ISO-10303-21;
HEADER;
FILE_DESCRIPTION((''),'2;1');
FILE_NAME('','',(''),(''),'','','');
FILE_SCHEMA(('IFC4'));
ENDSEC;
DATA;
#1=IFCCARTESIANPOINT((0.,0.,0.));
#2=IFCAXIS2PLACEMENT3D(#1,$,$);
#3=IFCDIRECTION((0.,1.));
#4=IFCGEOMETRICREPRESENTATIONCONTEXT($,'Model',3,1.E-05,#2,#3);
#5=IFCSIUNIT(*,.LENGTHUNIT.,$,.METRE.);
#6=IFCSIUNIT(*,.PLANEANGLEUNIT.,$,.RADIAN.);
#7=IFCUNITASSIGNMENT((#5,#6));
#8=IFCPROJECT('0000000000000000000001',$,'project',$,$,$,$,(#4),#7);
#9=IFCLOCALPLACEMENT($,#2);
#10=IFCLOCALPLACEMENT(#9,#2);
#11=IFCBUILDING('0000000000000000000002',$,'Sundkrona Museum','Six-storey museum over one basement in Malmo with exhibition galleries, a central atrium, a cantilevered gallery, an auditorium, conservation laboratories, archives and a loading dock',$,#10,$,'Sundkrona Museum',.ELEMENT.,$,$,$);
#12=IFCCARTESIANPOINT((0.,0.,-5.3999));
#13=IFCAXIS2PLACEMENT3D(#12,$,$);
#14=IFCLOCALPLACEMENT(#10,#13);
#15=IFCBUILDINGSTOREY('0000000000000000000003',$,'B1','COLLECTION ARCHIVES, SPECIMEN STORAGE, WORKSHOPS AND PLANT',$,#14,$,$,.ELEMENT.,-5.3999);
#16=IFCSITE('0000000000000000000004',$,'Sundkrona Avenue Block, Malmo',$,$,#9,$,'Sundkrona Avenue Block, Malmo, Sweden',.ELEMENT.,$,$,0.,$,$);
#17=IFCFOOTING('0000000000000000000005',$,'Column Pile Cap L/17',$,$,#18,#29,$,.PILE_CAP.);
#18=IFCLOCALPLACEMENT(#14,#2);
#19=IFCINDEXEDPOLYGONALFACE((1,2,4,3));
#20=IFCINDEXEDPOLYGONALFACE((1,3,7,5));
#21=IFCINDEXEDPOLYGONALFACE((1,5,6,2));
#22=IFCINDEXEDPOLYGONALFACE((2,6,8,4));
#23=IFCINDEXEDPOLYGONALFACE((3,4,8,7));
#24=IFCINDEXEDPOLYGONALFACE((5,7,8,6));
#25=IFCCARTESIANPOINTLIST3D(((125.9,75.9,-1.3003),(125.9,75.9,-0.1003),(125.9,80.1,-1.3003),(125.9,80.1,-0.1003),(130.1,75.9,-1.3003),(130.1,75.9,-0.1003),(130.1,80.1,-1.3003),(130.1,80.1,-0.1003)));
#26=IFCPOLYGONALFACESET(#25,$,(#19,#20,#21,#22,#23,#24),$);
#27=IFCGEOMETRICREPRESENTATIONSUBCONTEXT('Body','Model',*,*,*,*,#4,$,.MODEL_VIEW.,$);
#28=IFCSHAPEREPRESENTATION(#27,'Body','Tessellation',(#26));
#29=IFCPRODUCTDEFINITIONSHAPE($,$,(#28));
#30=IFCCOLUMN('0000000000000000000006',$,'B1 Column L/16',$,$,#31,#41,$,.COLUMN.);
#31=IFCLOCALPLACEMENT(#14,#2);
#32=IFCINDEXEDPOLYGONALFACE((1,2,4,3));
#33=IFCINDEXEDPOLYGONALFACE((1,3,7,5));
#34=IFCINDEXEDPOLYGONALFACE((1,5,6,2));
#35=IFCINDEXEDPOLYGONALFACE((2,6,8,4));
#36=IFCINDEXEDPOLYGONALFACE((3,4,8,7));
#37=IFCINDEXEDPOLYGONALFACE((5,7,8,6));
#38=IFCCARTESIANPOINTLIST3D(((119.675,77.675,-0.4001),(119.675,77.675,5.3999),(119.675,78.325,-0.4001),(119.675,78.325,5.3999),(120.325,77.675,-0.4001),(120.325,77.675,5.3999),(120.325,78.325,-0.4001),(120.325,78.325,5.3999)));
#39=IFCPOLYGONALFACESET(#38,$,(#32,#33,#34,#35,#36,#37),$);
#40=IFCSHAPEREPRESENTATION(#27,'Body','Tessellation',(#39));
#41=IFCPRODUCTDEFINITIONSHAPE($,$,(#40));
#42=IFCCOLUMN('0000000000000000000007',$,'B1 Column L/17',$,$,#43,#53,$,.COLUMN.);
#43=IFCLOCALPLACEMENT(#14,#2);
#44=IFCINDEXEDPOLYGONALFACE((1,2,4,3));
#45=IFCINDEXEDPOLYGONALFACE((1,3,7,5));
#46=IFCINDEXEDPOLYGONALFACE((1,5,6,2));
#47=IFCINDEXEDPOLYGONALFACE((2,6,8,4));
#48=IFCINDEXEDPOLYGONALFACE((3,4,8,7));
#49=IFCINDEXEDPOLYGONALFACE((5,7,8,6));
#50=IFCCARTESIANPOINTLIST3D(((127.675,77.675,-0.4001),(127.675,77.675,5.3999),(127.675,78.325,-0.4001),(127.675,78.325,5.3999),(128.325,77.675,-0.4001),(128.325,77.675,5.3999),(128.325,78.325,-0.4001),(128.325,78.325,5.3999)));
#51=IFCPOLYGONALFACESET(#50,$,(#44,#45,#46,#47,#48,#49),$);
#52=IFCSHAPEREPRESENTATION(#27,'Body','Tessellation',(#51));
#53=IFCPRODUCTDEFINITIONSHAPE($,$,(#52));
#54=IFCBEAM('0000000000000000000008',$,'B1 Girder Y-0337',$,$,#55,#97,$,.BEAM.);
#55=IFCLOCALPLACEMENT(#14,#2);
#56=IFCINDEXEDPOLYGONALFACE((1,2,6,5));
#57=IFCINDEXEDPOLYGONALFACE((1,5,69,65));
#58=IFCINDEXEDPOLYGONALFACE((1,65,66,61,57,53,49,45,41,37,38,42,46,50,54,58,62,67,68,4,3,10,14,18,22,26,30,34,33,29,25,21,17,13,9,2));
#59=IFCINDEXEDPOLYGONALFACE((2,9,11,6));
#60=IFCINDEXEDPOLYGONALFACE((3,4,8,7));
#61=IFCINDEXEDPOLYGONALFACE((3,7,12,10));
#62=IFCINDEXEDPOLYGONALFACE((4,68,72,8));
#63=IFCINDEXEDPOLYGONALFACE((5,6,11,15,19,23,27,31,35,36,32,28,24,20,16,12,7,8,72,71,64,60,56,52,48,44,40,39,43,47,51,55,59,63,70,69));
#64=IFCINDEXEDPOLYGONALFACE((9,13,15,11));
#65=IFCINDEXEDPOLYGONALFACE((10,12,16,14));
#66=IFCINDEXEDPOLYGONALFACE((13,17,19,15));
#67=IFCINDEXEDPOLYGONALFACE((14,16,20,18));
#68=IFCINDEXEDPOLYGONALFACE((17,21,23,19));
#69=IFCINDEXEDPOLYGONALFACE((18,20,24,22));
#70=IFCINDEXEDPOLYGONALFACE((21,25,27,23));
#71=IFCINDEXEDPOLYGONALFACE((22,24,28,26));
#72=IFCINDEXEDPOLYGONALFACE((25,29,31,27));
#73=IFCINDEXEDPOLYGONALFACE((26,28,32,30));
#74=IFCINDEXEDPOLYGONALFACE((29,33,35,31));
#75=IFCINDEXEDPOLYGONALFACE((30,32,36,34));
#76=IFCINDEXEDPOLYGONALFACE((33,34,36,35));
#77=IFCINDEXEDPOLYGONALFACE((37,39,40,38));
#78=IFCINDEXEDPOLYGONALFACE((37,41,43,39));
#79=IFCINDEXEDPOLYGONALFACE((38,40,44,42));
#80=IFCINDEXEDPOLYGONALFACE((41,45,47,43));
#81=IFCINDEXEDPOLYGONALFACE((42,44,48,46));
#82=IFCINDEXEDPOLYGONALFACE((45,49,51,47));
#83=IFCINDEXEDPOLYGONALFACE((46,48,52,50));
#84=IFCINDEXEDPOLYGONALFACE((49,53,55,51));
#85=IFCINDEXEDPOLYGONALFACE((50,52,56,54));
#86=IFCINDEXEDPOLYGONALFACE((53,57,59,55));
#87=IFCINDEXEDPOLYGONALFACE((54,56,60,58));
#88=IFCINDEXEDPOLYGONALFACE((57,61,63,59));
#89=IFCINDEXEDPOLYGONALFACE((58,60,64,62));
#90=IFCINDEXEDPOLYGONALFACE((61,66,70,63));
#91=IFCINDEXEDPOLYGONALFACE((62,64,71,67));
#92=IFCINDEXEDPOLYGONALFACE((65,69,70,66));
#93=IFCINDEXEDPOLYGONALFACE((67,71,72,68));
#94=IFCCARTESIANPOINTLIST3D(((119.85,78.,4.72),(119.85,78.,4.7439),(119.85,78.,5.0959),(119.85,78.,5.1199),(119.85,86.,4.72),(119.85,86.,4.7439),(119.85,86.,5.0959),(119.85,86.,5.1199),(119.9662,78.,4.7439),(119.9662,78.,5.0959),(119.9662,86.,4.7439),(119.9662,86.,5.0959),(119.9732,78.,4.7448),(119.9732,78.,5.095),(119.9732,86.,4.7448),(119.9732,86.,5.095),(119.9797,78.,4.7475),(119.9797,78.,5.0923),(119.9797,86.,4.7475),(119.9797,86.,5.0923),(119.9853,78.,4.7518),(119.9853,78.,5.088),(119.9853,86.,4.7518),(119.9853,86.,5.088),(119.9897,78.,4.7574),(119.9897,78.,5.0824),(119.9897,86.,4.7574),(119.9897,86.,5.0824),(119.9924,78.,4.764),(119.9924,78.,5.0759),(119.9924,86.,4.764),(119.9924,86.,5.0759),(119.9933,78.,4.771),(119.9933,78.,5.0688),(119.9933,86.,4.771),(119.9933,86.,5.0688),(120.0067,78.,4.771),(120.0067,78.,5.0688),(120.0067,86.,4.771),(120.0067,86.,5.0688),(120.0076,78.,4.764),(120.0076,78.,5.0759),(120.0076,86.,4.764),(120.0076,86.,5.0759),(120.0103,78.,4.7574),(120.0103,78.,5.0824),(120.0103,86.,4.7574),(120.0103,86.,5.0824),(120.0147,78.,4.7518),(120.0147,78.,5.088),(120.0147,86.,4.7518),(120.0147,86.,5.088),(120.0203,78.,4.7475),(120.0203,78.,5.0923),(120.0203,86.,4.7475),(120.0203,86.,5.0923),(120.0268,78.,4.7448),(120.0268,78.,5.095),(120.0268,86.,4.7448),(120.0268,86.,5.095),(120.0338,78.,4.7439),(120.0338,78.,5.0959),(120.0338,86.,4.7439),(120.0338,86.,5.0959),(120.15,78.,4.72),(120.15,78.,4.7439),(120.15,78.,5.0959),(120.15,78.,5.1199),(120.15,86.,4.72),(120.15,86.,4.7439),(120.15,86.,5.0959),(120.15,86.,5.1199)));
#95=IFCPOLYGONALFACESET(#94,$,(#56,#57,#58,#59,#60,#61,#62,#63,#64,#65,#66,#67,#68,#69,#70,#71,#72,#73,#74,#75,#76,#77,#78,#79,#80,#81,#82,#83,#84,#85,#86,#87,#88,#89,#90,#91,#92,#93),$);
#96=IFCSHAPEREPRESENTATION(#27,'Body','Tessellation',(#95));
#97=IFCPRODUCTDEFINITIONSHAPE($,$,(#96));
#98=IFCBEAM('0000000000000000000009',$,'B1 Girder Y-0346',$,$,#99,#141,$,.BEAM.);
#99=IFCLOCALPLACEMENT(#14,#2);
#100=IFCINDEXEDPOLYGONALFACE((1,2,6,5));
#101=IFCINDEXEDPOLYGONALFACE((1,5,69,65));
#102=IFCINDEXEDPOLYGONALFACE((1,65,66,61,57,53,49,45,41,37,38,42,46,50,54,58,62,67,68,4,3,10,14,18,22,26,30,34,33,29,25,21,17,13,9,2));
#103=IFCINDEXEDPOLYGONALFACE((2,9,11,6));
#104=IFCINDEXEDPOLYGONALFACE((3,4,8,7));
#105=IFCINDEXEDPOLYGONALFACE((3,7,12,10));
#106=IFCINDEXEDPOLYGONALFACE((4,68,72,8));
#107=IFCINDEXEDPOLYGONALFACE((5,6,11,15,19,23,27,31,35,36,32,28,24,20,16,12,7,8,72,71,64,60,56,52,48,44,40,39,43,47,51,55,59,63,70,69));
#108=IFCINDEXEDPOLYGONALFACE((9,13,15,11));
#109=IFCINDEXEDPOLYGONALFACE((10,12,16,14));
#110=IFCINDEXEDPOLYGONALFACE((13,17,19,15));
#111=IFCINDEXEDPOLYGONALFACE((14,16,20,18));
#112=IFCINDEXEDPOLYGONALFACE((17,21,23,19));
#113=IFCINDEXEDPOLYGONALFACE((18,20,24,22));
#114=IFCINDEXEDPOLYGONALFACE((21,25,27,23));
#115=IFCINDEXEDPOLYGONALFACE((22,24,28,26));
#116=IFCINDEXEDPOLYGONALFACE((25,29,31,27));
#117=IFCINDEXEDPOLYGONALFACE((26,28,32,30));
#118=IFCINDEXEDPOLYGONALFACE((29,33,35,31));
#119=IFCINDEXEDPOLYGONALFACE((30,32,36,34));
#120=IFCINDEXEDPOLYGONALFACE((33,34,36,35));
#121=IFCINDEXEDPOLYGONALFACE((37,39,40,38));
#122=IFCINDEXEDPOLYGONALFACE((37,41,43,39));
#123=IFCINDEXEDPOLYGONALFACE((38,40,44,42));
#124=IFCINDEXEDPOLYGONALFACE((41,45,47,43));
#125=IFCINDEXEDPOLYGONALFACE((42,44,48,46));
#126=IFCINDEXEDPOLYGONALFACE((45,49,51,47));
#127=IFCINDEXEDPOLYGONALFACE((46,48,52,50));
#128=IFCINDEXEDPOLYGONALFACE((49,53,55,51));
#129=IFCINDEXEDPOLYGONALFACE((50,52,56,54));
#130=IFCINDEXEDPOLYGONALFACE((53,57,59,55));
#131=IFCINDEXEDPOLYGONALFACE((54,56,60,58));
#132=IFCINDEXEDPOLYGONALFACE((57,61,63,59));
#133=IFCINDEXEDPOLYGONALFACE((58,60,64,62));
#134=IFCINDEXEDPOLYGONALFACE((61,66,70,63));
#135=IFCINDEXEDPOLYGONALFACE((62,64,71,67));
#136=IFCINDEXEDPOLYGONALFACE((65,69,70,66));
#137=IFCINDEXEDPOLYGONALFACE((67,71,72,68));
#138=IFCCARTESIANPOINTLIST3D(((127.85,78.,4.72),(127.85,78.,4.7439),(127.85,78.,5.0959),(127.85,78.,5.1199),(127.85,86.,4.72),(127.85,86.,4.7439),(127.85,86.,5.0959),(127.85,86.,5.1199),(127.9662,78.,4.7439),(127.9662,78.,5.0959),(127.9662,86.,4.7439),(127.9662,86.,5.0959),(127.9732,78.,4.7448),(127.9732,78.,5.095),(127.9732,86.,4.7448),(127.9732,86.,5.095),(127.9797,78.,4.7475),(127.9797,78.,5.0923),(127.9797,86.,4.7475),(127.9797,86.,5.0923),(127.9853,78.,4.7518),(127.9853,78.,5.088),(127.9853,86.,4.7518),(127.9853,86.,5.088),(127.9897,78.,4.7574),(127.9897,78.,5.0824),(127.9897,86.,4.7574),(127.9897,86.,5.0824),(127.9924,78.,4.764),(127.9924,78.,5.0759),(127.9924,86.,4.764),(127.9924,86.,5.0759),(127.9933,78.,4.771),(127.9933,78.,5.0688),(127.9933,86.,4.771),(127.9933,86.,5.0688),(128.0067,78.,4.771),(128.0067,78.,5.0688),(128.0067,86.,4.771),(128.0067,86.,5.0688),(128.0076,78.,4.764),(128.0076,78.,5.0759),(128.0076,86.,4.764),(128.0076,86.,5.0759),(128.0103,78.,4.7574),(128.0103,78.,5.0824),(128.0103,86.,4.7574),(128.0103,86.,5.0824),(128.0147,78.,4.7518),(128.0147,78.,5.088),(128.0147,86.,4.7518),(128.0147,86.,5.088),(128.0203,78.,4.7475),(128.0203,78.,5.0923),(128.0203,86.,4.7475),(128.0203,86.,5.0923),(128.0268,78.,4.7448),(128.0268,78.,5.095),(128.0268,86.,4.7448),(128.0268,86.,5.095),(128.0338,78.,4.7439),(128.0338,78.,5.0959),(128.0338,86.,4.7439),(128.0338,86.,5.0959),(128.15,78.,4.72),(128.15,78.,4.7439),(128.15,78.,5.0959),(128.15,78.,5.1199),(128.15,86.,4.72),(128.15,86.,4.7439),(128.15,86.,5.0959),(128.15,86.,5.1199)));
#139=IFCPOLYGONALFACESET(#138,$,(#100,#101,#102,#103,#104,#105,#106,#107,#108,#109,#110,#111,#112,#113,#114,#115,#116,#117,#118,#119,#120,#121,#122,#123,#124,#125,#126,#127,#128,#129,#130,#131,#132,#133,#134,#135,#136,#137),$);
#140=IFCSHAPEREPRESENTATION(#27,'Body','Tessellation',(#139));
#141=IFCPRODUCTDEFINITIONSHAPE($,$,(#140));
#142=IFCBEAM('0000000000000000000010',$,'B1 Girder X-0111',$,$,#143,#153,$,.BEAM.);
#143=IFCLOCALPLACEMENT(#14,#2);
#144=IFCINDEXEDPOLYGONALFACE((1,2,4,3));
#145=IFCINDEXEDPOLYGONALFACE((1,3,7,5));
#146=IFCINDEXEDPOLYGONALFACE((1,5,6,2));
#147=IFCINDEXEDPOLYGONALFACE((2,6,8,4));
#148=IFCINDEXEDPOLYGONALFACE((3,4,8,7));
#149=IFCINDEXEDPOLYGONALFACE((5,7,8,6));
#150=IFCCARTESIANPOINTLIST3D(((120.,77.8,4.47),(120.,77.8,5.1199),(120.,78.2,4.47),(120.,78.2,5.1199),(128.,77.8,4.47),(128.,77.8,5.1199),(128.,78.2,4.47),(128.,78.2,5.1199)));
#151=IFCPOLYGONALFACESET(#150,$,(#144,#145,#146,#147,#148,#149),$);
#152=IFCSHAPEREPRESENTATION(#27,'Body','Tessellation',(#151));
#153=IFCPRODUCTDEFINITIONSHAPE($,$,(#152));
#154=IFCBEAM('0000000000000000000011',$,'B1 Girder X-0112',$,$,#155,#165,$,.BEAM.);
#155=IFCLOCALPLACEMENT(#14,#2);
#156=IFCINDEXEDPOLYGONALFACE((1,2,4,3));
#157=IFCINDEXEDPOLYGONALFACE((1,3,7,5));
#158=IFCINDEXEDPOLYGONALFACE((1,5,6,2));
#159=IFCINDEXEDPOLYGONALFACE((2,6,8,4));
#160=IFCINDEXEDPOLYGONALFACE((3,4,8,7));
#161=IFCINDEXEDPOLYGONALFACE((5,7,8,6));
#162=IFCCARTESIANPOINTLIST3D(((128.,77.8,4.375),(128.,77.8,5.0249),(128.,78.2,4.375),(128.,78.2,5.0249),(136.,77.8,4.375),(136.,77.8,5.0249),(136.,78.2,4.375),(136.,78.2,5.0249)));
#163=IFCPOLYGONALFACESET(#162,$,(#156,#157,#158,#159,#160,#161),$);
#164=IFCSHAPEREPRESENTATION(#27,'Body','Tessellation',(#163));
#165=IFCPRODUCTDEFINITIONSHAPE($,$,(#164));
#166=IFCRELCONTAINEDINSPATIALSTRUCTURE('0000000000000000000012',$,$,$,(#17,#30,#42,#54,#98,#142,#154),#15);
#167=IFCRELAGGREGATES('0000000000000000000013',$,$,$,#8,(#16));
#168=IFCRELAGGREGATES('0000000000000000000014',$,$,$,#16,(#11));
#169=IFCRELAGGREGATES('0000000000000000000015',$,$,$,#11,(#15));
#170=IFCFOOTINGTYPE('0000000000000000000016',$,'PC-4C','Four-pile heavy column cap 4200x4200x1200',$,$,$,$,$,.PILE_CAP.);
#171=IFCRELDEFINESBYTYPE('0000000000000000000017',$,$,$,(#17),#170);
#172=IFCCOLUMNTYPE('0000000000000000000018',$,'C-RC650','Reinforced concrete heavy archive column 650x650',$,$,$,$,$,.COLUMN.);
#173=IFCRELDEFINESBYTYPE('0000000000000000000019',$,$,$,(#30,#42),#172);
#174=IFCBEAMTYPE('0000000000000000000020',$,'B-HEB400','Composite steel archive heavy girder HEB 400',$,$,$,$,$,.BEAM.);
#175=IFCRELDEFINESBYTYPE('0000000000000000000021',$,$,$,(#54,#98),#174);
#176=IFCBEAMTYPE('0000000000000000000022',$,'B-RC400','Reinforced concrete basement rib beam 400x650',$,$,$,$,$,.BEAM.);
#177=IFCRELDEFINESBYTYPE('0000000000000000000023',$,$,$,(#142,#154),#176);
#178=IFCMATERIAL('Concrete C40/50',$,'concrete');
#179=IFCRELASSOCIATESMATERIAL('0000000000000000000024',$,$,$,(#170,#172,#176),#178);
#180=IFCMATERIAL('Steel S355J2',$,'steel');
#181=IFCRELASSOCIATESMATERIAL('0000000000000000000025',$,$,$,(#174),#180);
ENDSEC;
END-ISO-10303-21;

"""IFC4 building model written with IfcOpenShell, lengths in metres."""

from ifc_helpers import new_model, si_unit, direction, frame, origin, origin_2d, place, context, subcontext, project, spatial, rectangle, i_section, extrude, material, material_profile, profile_set, type_object, element, save


model = new_model("IFC4")

# Units and contexts
model_context = context("Model", 3, precision=1e-05, world=origin(), true_north=direction((0.0, 1.0)))
body_context = subcontext(model_context, "Body", "Model", "MODEL_VIEW")
ifc_project = project(units=[si_unit("LENGTHUNIT", "METRE"), si_unit("PLANEANGLEUNIT", "RADIAN")], contexts=[model_context])

# Site, building, storey
site_placement = place(None, origin())
site = spatial("IfcSite", under=ifc_project, at=site_placement, Name="Sundkrona Avenue Block, Malmo", LongName="Sundkrona Avenue Block, Malmo, Sweden", CompositionType="ELEMENT", RefElevation=0.0)
building_placement = place(site_placement, origin())
building = spatial("IfcBuilding", under=site, at=building_placement, Name="Sundkrona Museum", Description="Six-storey museum over one basement in Malmo with exhibition galleries, a central atrium, a cantilevered gallery, an auditorium, conservation laboratories, archives and a loading dock", LongName="Sundkrona Museum", CompositionType="ELEMENT")
storey_placement = place(building_placement, frame((0.0, 0.0, -5.3999)))
storey = spatial("IfcBuildingStorey", under=building, at=storey_placement, Name="B1", Description="COLLECTION ARCHIVES, SPECIMEN STORAGE, WORKSHOPS AND PLANT", CompositionType="ELEMENT", Elevation=-5.3999)

# Shared definitions
ifc_material_1 = material(Name="Concrete C40/50", Category="concrete")

# Footing
footing_type_1 = type_object("IfcFootingType", Name="PC-4C", Description="Four-pile heavy column cap 4200x4200x1200", PredefinedType="PILE_CAP", material=ifc_material_1)
footing_1_placement = place(storey_placement, frame((128.0, 78.0, -1.3003), z_axis=(0.0, 0.0, 1.0), x_axis=(1.0, 0.0, 0.0)))
element("IfcFooting", 1, at=footing_1_placement, inside=storey, type_object=footing_type_1, Name="Column Pile Cap L/17", PredefinedType="PILE_CAP", context=body_context, shape_type="SweptSolid", body=[
    extrude(rectangle(XDim=4.2, YDim=4.2, at=origin_2d()), origin(), (0.0, 0.0, 1.0), 1.2),
])

# Columns
ifc_material_profile_1 = material_profile(ifc_material_1, rectangle(XDim=0.6499, YDim=0.6499, at=origin_2d()), Name="RC 650x650")
ifc_profile_set_1 = profile_set([ifc_material_profile_1], Name="Concrete C40/50")
column_type = type_object("IfcColumnType", Name="C-RC650", Description="Reinforced concrete heavy archive column 650x650", PredefinedType="COLUMN", material=ifc_profile_set_1)
for number, where, z_axis, x_axis, name in (
    (2, (120.0, 78.0, -0.4001), (0.0, 0.0, 1.0), (1.0, 0.0, 0.0), "B1 Column L/16"),
    (3, (128.0, 78.0, -0.4001), (0.0, 0.0, 1.0), (1.0, 0.0, 0.0), "B1 Column L/17"),
):
    element("IfcColumn", number, at=place(storey_placement, frame(where, z_axis=z_axis, x_axis=x_axis)), inside=storey, type_object=column_type, Name=name, PredefinedType="COLUMN", context=body_context, shape_type="SweptSolid", body=[
        extrude(rectangle(XDim=0.6499, YDim=0.6499, at=origin_2d()), origin(), (0.0, 0.0, 1.0), 5.8),
    ])

# Beams
ifc_material_2 = material(Name="Steel S355J2", Category="steel")
ifc_material_profile_2 = material_profile(ifc_material_2, i_section(OverallWidth=0.3, OverallDepth=0.3999, WebThickness=0.0134, FlangeThickness=0.0239, FilletRadius=0.0271, at=origin_2d()), Name="HEB 400")
ifc_profile_set_2 = profile_set([ifc_material_profile_2], Name="Steel S355J2")
beam_type_1 = type_object("IfcBeamType", Name="B-HEB400", Description="Composite steel archive heavy girder HEB 400", PredefinedType="BEAM", material=ifc_profile_set_2)
for number, where, z_axis, x_axis, name in (
    (4, (120.0, 78.0, 4.9199), (0.0, 1.0, 0.0), (-1.0, 0.0, 0.0), "B1 Girder Y-0337"),
    (5, (128.0, 78.0, 4.9199), (0.0, 1.0, 0.0), (-1.0, 0.0, 0.0), "B1 Girder Y-0346"),
):
    element("IfcBeam", number, at=place(storey_placement, frame(where, z_axis=z_axis, x_axis=x_axis)), inside=storey, type_object=beam_type_1, Name=name, PredefinedType="BEAM", context=body_context, shape_type="SweptSolid", body=[
        extrude(i_section(OverallWidth=0.3, OverallDepth=0.3999, WebThickness=0.0134, FlangeThickness=0.0239, FilletRadius=0.0271, at=origin_2d()), origin(), (0.0, 0.0, 1.0), 8.0),
    ])
ifc_material_profile_3 = material_profile(ifc_material_1, rectangle(XDim=0.3999, YDim=0.6499, at=origin_2d()), Name="RCB 400x650")
ifc_profile_set_3 = profile_set([ifc_material_profile_3], Name="Concrete C40/50")
beam_type_2 = type_object("IfcBeamType", Name="B-RC400", Description="Reinforced concrete basement rib beam 400x650", PredefinedType="BEAM", material=ifc_profile_set_3)
for number, where, z_axis, x_axis, name in (
    (6, (120.0, 78.0, 4.7949), (1.0, 0.0, 0.0), (0.0, 1.0, 0.0), "B1 Girder X-0111"),
    (7, (128.0, 78.0, 4.7), (1.0, 0.0, 0.0), (0.0, 1.0, 0.0), "B1 Girder X-0112"),
):
    element("IfcBeam", number, at=place(storey_placement, frame(where, z_axis=z_axis, x_axis=x_axis)), inside=storey, type_object=beam_type_2, Name=name, PredefinedType="BEAM", context=body_context, shape_type="SweptSolid", body=[
        extrude(rectangle(XDim=0.3999, YDim=0.6499, at=origin_2d()), origin(), (0.0, 0.0, 1.0), 8.0),
    ])

save(model, "model.ifc")
